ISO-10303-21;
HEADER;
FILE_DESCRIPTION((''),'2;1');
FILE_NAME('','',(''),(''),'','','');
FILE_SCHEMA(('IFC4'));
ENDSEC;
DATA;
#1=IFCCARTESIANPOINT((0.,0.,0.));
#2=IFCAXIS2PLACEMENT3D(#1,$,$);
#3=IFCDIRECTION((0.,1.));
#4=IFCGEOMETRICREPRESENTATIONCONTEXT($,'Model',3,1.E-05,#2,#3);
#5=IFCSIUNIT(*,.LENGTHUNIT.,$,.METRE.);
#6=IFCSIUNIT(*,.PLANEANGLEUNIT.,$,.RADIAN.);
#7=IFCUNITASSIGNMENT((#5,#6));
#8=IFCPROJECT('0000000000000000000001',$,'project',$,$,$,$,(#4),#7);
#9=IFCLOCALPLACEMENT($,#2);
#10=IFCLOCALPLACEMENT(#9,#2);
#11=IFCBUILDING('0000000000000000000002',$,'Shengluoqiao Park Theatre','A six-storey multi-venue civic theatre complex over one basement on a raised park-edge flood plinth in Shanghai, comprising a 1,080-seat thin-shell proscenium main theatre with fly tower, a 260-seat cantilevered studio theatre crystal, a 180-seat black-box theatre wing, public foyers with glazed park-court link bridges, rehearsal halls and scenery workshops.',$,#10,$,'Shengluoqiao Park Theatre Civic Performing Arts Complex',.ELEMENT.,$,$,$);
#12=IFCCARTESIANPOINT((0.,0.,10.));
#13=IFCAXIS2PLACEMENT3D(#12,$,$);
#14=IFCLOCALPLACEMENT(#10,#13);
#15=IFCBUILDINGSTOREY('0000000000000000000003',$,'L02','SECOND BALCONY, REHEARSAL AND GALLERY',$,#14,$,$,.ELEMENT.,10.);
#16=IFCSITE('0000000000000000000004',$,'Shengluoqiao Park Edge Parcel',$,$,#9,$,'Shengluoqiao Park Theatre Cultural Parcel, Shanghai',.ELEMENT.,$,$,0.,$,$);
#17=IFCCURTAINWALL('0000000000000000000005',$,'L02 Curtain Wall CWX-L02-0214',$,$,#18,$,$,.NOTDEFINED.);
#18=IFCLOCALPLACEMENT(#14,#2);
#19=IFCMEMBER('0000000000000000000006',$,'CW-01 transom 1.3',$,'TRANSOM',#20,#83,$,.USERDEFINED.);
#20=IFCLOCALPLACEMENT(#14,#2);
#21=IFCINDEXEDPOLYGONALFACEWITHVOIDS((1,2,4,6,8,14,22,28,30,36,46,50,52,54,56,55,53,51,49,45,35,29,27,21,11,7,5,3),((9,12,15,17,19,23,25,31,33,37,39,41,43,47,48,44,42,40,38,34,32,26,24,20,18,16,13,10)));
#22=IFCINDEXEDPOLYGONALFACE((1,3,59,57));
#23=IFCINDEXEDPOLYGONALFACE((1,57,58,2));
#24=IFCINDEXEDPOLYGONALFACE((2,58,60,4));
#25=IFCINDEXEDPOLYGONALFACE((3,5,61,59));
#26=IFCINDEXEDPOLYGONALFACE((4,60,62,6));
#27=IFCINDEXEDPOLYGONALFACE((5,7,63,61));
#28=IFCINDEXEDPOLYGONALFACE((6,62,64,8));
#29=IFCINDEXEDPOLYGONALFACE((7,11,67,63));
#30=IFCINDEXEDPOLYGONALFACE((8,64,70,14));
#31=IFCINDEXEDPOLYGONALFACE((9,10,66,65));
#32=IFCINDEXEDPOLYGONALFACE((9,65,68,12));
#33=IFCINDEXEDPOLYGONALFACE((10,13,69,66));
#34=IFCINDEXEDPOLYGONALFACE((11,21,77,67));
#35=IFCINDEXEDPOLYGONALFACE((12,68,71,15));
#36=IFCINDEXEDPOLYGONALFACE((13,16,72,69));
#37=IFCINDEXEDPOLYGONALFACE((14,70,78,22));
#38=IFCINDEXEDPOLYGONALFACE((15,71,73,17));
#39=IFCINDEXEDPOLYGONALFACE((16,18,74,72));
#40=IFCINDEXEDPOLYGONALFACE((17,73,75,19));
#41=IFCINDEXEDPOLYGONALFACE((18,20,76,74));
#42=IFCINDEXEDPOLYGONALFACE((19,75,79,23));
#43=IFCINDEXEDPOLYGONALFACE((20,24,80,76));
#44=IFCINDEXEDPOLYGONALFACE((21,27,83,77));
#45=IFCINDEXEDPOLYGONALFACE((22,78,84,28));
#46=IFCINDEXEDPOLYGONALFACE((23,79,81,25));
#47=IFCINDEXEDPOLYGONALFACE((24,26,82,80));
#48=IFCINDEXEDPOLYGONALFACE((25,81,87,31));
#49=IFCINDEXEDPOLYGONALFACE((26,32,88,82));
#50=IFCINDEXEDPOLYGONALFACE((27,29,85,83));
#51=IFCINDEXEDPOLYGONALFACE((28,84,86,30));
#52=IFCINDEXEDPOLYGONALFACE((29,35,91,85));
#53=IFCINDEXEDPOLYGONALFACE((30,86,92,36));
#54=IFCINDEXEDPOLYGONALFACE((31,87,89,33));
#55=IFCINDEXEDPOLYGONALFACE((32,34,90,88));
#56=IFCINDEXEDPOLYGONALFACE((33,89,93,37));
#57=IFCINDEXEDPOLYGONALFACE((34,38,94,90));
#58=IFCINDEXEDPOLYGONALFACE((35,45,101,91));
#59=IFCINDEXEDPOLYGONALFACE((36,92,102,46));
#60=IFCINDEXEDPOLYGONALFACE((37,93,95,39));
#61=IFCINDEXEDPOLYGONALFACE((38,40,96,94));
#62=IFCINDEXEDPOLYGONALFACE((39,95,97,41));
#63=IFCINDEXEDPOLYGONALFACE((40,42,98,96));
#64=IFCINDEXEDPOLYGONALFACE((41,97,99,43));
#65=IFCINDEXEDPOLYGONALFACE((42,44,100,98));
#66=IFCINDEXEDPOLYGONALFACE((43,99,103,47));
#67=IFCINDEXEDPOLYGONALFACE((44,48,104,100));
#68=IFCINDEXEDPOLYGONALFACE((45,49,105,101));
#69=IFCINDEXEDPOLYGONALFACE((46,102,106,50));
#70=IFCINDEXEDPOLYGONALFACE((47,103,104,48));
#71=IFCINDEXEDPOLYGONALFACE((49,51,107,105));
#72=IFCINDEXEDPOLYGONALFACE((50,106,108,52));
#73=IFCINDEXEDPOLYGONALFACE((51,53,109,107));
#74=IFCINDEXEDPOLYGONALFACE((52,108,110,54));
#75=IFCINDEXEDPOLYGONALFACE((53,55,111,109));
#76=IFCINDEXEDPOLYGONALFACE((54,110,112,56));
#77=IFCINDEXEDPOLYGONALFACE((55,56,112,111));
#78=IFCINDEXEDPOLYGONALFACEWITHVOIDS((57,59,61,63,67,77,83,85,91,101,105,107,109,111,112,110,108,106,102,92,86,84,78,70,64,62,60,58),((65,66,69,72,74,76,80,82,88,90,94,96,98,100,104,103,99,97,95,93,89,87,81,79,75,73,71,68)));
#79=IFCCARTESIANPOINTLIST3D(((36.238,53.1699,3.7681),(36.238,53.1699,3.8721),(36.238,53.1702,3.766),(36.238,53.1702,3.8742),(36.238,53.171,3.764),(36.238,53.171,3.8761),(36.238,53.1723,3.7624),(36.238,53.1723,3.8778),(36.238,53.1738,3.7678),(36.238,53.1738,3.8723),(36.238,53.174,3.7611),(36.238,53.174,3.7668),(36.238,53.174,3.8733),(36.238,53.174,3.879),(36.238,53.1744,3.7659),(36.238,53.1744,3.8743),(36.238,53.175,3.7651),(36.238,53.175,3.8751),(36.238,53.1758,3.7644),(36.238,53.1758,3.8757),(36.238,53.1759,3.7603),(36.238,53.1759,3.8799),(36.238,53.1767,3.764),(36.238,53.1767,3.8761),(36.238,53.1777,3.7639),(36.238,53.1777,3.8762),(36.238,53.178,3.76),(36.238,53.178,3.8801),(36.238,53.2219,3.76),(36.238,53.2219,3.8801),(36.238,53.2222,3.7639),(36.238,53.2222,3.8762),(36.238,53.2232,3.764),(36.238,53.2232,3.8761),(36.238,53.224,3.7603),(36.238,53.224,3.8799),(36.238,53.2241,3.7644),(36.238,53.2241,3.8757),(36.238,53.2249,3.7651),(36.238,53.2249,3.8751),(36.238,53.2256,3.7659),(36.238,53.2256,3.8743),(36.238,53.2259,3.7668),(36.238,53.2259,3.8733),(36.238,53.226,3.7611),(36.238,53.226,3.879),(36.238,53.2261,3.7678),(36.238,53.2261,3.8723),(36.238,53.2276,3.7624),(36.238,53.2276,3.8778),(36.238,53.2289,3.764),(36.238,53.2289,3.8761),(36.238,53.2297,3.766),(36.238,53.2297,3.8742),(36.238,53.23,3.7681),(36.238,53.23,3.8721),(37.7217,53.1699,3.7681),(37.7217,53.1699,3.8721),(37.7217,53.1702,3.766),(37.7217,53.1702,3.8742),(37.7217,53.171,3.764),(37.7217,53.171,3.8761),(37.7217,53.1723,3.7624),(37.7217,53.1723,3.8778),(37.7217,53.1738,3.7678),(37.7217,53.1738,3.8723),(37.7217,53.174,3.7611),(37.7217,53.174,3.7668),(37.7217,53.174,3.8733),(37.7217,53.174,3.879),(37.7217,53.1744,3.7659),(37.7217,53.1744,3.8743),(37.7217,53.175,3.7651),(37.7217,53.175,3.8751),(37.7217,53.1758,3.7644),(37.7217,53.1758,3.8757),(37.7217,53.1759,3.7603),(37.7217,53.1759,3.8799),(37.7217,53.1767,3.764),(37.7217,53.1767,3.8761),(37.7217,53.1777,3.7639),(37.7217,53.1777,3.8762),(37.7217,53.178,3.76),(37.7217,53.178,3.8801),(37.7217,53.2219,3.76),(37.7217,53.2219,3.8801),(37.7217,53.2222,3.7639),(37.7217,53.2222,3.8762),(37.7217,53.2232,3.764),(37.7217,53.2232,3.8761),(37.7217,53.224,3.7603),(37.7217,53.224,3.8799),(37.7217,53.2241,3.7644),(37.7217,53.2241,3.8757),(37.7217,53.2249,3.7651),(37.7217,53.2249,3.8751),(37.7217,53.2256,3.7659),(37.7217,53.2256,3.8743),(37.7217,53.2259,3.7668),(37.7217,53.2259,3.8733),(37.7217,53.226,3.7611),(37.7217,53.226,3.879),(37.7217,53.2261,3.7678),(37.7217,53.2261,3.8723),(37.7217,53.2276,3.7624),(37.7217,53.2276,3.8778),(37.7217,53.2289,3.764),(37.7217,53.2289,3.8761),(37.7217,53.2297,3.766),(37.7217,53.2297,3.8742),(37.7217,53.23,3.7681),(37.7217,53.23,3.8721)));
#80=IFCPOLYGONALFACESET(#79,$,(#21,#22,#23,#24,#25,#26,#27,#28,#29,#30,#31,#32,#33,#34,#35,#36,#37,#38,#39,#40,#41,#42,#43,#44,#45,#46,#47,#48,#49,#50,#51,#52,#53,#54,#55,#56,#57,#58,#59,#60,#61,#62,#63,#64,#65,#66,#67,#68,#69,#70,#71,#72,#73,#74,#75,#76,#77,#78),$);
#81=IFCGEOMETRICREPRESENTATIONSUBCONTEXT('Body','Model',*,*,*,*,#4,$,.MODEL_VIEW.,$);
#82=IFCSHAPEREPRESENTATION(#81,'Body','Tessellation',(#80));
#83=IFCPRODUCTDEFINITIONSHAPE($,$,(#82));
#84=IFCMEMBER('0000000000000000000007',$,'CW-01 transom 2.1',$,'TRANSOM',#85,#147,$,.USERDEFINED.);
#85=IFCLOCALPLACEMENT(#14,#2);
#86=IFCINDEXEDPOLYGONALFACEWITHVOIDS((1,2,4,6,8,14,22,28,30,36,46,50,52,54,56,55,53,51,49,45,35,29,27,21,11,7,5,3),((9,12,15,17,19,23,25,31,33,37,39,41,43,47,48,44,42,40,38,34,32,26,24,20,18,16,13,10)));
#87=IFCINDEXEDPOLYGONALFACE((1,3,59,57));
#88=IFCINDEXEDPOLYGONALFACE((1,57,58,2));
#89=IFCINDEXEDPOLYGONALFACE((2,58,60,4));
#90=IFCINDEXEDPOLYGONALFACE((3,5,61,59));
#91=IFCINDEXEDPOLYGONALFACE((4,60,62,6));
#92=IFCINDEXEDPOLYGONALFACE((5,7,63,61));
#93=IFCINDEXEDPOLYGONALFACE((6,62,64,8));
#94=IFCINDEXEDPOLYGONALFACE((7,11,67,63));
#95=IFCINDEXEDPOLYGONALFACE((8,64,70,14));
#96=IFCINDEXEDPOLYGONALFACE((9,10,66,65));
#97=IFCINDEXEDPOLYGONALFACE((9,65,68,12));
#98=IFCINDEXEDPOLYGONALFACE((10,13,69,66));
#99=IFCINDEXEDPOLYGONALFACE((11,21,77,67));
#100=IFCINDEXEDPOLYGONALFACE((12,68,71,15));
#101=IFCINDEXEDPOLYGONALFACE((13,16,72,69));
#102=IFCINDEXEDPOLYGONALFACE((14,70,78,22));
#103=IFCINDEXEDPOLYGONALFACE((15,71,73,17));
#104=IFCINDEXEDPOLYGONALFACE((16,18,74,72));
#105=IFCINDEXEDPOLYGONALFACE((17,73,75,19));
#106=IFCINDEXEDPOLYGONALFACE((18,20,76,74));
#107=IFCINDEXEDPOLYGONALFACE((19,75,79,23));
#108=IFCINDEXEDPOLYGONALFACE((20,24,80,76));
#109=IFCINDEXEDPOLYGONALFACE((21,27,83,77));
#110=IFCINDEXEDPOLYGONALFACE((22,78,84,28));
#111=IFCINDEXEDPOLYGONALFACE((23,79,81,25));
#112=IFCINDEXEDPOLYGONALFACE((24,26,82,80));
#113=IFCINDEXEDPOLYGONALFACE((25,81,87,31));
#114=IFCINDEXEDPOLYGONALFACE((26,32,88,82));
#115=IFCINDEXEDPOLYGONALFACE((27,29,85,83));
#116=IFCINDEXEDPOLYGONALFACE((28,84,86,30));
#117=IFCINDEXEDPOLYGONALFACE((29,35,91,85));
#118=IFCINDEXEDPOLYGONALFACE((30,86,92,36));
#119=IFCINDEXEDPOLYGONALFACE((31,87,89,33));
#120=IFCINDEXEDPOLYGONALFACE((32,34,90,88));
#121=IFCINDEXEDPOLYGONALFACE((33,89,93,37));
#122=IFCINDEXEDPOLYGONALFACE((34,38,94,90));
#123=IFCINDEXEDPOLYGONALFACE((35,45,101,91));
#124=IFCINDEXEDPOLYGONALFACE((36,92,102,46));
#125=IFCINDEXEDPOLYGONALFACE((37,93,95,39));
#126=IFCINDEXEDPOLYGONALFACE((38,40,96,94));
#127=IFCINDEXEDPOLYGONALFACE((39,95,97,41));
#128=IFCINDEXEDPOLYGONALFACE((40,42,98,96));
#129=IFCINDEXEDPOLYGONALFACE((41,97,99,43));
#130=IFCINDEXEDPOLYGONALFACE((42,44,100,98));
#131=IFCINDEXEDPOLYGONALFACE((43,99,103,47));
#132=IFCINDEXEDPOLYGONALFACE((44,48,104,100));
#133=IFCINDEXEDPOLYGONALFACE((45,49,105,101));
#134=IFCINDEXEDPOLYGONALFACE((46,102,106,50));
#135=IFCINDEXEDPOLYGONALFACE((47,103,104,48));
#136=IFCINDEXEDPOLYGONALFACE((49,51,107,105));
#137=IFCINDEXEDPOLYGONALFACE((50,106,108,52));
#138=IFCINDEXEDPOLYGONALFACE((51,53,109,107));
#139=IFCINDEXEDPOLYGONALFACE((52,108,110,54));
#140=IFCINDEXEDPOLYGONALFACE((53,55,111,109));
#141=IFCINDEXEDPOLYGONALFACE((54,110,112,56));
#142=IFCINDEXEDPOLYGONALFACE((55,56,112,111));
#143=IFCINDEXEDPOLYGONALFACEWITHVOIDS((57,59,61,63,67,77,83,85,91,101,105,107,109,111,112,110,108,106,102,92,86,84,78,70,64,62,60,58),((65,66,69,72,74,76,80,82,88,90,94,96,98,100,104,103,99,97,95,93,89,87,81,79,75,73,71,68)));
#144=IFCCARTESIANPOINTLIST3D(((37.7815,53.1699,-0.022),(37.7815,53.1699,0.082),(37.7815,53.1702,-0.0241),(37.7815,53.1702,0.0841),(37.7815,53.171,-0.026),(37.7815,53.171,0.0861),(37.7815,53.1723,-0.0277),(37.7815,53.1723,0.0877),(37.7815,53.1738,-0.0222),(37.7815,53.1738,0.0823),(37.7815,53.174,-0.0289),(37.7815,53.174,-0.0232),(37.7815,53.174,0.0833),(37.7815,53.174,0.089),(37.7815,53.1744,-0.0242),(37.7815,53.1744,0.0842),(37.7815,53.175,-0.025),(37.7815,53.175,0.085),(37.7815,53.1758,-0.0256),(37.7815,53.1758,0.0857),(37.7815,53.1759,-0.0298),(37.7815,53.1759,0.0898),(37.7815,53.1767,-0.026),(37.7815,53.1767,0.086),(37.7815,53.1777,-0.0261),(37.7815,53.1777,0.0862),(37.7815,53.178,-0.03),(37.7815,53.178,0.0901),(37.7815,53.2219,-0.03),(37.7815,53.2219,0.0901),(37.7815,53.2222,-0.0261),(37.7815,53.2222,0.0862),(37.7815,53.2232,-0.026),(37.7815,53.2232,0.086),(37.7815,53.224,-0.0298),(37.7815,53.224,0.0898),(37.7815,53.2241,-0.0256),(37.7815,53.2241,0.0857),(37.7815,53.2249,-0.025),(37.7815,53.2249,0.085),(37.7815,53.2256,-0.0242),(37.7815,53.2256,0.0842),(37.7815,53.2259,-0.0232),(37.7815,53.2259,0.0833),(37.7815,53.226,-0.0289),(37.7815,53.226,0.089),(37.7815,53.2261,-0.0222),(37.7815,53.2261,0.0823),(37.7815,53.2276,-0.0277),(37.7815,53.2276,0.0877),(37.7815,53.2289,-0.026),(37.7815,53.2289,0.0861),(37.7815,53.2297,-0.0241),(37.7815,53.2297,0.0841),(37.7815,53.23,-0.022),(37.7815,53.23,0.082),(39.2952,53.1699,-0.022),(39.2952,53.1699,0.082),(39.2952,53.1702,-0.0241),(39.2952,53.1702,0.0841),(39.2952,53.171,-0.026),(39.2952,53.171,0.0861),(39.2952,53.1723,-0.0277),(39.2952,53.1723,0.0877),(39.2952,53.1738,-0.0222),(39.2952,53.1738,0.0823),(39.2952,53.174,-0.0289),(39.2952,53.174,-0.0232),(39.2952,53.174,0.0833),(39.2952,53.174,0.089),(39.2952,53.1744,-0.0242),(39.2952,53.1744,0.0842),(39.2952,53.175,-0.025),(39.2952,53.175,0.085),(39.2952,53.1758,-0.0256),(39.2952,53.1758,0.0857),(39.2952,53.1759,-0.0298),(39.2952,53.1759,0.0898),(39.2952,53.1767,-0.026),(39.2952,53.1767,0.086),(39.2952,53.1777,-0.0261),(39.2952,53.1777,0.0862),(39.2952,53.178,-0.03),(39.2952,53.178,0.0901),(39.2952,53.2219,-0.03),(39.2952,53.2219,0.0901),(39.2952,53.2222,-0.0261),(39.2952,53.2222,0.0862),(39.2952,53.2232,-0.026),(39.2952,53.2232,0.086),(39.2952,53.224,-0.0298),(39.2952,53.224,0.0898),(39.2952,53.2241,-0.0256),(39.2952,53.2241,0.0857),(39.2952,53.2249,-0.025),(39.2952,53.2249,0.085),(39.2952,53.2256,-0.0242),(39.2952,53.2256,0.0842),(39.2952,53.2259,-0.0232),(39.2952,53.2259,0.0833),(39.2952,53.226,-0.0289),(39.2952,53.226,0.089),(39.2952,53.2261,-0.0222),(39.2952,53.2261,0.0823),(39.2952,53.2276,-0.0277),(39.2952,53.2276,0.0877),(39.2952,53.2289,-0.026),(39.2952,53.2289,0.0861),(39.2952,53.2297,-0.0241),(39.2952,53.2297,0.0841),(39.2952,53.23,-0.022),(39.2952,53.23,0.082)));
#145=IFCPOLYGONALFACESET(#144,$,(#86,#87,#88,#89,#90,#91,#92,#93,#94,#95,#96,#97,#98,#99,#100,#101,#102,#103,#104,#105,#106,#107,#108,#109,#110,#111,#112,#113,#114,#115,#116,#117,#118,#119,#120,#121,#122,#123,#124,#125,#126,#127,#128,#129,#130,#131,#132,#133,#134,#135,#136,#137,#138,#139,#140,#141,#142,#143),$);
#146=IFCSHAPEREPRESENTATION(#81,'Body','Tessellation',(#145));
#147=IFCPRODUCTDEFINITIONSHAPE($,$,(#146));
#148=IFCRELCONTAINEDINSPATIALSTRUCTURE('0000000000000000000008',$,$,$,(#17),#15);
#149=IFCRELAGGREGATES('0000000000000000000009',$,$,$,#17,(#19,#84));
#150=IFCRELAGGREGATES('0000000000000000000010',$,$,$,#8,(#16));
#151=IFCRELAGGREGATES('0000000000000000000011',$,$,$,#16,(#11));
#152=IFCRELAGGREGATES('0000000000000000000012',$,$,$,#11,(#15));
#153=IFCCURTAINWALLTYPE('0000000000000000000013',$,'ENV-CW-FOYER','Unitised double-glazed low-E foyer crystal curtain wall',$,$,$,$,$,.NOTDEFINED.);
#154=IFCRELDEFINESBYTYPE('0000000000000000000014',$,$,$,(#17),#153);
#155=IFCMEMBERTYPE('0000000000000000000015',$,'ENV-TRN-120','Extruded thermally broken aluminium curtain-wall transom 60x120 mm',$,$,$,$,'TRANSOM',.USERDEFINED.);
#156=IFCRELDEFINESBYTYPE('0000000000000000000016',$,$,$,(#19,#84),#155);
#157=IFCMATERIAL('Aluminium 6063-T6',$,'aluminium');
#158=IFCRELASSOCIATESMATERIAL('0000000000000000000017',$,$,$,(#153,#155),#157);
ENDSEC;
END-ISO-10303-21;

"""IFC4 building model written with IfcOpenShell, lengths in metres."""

from ifc_helpers import new_model, si_unit, direction, frame, origin, origin_2d, place, context, subcontext, project, spatial, hollow_rectangle, extrude, material, material_profile, profile_set, type_object, element, aggregate, save


model = new_model("IFC4")

# Units and contexts
model_context = context("Model", 3, precision=1e-05, world=origin(), true_north=direction((0.0, 1.0)))
body_context = subcontext(model_context, "Body", "Model", "MODEL_VIEW")
ifc_project = project(units=[si_unit("LENGTHUNIT", "METRE"), si_unit("PLANEANGLEUNIT", "RADIAN")], contexts=[model_context])

# Site, building, storey
site_placement = place(None, origin())
site = spatial("IfcSite", under=ifc_project, at=site_placement, Name="Shengluoqiao Park Edge Parcel", LongName="Shengluoqiao Park Theatre Cultural Parcel, Shanghai", CompositionType="ELEMENT", RefElevation=0.0)
building_placement = place(site_placement, origin())
building = spatial("IfcBuilding", under=site, at=building_placement, Name="Shengluoqiao Park Theatre", Description="A six-storey multi-venue civic theatre complex over one basement on a raised park-edge flood plinth in Shanghai, comprising a 1,080-seat thin-shell proscenium main theatre with fly tower, a 260-seat cantilevered studio theatre crystal, a 180-seat black-box theatre wing, public foyers with glazed park-court link bridges, rehearsal halls and scenery workshops.", LongName="Shengluoqiao Park Theatre Civic Performing Arts Complex", CompositionType="ELEMENT")
storey_placement = place(building_placement, frame((0.0, 0.0, 10.0)))
storey = spatial("IfcBuildingStorey", under=building, at=storey_placement, Name="L02", Description="SECOND BALCONY, REHEARSAL AND GALLERY", CompositionType="ELEMENT", Elevation=10.0)

# Curtain wall, members
ifc_material_1 = material(Name="Aluminium 6063-T6", Category="aluminium")
curtain_wall_type = type_object("IfcCurtainWallType", Name="ENV-CW-FOYER", Description="Unitised double-glazed low-E foyer crystal curtain wall", PredefinedType="NOTDEFINED", material=ifc_material_1)
curtain_wall_placement = place(storey_placement, origin())
curtain_wall = element("IfcCurtainWall", 1, at=curtain_wall_placement, inside=storey, type_object=curtain_wall_type, Name="L02 Curtain Wall CWX-L02-0214", PredefinedType="NOTDEFINED")
ifc_material_profile_1 = material_profile(ifc_material_1, hollow_rectangle(XDim=0.0601, YDim=0.1201, WallThickness=0.0039, InnerFilletRadius=0.0039, OuterFilletRadius=0.0081, at=origin_2d()), Name="ALU TRANSOM 120x60x4")
ifc_profile_set_1 = profile_set([ifc_material_profile_1], Name="Aluminium 6063-T6")
member_type_1 = type_object("IfcMemberType", Name="ENV-TRN-120", Description="Extruded thermally broken aluminium curtain-wall transom 60x120 mm", ElementType="TRANSOM", PredefinedType="USERDEFINED", material=ifc_profile_set_1)
member_1_placement = place(storey_placement, frame((36.238, 53.2, 3.8201), z_axis=(1.0, 0.0, 0.0), x_axis=(0.0, 1.0, 0.0)))
member_1 = element("IfcMember", 2, at=member_1_placement, type_object=member_type_1, Name="CW-01 transom 1.3", ObjectType="TRANSOM", PredefinedType="USERDEFINED", context=body_context, shape_type="SweptSolid", body=[
    extrude(hollow_rectangle(XDim=0.0601, YDim=0.1201, WallThickness=0.0039, InnerFilletRadius=0.0039, OuterFilletRadius=0.0081, at=origin_2d()), origin(), (0.0, 0.0, 1.0), 1.4836),
])
member_2_placement = place(storey_placement, frame((37.7815, 53.2, 0.03), z_axis=(1.0, 0.0, 0.0), x_axis=(0.0, 1.0, 0.0)))
member_2 = element("IfcMember", 3, at=member_2_placement, type_object=member_type_1, Name="CW-01 transom 2.1", ObjectType="TRANSOM", PredefinedType="USERDEFINED", context=body_context, shape_type="SweptSolid", body=[
    extrude(hollow_rectangle(XDim=0.0601, YDim=0.1201, WallThickness=0.0039, InnerFilletRadius=0.0039, OuterFilletRadius=0.0081, at=origin_2d()), origin(), (0.0, 0.0, 1.0), 1.5137),
])

aggregate(curtain_wall, [member_1, member_2])

save(model, "model.ifc")
